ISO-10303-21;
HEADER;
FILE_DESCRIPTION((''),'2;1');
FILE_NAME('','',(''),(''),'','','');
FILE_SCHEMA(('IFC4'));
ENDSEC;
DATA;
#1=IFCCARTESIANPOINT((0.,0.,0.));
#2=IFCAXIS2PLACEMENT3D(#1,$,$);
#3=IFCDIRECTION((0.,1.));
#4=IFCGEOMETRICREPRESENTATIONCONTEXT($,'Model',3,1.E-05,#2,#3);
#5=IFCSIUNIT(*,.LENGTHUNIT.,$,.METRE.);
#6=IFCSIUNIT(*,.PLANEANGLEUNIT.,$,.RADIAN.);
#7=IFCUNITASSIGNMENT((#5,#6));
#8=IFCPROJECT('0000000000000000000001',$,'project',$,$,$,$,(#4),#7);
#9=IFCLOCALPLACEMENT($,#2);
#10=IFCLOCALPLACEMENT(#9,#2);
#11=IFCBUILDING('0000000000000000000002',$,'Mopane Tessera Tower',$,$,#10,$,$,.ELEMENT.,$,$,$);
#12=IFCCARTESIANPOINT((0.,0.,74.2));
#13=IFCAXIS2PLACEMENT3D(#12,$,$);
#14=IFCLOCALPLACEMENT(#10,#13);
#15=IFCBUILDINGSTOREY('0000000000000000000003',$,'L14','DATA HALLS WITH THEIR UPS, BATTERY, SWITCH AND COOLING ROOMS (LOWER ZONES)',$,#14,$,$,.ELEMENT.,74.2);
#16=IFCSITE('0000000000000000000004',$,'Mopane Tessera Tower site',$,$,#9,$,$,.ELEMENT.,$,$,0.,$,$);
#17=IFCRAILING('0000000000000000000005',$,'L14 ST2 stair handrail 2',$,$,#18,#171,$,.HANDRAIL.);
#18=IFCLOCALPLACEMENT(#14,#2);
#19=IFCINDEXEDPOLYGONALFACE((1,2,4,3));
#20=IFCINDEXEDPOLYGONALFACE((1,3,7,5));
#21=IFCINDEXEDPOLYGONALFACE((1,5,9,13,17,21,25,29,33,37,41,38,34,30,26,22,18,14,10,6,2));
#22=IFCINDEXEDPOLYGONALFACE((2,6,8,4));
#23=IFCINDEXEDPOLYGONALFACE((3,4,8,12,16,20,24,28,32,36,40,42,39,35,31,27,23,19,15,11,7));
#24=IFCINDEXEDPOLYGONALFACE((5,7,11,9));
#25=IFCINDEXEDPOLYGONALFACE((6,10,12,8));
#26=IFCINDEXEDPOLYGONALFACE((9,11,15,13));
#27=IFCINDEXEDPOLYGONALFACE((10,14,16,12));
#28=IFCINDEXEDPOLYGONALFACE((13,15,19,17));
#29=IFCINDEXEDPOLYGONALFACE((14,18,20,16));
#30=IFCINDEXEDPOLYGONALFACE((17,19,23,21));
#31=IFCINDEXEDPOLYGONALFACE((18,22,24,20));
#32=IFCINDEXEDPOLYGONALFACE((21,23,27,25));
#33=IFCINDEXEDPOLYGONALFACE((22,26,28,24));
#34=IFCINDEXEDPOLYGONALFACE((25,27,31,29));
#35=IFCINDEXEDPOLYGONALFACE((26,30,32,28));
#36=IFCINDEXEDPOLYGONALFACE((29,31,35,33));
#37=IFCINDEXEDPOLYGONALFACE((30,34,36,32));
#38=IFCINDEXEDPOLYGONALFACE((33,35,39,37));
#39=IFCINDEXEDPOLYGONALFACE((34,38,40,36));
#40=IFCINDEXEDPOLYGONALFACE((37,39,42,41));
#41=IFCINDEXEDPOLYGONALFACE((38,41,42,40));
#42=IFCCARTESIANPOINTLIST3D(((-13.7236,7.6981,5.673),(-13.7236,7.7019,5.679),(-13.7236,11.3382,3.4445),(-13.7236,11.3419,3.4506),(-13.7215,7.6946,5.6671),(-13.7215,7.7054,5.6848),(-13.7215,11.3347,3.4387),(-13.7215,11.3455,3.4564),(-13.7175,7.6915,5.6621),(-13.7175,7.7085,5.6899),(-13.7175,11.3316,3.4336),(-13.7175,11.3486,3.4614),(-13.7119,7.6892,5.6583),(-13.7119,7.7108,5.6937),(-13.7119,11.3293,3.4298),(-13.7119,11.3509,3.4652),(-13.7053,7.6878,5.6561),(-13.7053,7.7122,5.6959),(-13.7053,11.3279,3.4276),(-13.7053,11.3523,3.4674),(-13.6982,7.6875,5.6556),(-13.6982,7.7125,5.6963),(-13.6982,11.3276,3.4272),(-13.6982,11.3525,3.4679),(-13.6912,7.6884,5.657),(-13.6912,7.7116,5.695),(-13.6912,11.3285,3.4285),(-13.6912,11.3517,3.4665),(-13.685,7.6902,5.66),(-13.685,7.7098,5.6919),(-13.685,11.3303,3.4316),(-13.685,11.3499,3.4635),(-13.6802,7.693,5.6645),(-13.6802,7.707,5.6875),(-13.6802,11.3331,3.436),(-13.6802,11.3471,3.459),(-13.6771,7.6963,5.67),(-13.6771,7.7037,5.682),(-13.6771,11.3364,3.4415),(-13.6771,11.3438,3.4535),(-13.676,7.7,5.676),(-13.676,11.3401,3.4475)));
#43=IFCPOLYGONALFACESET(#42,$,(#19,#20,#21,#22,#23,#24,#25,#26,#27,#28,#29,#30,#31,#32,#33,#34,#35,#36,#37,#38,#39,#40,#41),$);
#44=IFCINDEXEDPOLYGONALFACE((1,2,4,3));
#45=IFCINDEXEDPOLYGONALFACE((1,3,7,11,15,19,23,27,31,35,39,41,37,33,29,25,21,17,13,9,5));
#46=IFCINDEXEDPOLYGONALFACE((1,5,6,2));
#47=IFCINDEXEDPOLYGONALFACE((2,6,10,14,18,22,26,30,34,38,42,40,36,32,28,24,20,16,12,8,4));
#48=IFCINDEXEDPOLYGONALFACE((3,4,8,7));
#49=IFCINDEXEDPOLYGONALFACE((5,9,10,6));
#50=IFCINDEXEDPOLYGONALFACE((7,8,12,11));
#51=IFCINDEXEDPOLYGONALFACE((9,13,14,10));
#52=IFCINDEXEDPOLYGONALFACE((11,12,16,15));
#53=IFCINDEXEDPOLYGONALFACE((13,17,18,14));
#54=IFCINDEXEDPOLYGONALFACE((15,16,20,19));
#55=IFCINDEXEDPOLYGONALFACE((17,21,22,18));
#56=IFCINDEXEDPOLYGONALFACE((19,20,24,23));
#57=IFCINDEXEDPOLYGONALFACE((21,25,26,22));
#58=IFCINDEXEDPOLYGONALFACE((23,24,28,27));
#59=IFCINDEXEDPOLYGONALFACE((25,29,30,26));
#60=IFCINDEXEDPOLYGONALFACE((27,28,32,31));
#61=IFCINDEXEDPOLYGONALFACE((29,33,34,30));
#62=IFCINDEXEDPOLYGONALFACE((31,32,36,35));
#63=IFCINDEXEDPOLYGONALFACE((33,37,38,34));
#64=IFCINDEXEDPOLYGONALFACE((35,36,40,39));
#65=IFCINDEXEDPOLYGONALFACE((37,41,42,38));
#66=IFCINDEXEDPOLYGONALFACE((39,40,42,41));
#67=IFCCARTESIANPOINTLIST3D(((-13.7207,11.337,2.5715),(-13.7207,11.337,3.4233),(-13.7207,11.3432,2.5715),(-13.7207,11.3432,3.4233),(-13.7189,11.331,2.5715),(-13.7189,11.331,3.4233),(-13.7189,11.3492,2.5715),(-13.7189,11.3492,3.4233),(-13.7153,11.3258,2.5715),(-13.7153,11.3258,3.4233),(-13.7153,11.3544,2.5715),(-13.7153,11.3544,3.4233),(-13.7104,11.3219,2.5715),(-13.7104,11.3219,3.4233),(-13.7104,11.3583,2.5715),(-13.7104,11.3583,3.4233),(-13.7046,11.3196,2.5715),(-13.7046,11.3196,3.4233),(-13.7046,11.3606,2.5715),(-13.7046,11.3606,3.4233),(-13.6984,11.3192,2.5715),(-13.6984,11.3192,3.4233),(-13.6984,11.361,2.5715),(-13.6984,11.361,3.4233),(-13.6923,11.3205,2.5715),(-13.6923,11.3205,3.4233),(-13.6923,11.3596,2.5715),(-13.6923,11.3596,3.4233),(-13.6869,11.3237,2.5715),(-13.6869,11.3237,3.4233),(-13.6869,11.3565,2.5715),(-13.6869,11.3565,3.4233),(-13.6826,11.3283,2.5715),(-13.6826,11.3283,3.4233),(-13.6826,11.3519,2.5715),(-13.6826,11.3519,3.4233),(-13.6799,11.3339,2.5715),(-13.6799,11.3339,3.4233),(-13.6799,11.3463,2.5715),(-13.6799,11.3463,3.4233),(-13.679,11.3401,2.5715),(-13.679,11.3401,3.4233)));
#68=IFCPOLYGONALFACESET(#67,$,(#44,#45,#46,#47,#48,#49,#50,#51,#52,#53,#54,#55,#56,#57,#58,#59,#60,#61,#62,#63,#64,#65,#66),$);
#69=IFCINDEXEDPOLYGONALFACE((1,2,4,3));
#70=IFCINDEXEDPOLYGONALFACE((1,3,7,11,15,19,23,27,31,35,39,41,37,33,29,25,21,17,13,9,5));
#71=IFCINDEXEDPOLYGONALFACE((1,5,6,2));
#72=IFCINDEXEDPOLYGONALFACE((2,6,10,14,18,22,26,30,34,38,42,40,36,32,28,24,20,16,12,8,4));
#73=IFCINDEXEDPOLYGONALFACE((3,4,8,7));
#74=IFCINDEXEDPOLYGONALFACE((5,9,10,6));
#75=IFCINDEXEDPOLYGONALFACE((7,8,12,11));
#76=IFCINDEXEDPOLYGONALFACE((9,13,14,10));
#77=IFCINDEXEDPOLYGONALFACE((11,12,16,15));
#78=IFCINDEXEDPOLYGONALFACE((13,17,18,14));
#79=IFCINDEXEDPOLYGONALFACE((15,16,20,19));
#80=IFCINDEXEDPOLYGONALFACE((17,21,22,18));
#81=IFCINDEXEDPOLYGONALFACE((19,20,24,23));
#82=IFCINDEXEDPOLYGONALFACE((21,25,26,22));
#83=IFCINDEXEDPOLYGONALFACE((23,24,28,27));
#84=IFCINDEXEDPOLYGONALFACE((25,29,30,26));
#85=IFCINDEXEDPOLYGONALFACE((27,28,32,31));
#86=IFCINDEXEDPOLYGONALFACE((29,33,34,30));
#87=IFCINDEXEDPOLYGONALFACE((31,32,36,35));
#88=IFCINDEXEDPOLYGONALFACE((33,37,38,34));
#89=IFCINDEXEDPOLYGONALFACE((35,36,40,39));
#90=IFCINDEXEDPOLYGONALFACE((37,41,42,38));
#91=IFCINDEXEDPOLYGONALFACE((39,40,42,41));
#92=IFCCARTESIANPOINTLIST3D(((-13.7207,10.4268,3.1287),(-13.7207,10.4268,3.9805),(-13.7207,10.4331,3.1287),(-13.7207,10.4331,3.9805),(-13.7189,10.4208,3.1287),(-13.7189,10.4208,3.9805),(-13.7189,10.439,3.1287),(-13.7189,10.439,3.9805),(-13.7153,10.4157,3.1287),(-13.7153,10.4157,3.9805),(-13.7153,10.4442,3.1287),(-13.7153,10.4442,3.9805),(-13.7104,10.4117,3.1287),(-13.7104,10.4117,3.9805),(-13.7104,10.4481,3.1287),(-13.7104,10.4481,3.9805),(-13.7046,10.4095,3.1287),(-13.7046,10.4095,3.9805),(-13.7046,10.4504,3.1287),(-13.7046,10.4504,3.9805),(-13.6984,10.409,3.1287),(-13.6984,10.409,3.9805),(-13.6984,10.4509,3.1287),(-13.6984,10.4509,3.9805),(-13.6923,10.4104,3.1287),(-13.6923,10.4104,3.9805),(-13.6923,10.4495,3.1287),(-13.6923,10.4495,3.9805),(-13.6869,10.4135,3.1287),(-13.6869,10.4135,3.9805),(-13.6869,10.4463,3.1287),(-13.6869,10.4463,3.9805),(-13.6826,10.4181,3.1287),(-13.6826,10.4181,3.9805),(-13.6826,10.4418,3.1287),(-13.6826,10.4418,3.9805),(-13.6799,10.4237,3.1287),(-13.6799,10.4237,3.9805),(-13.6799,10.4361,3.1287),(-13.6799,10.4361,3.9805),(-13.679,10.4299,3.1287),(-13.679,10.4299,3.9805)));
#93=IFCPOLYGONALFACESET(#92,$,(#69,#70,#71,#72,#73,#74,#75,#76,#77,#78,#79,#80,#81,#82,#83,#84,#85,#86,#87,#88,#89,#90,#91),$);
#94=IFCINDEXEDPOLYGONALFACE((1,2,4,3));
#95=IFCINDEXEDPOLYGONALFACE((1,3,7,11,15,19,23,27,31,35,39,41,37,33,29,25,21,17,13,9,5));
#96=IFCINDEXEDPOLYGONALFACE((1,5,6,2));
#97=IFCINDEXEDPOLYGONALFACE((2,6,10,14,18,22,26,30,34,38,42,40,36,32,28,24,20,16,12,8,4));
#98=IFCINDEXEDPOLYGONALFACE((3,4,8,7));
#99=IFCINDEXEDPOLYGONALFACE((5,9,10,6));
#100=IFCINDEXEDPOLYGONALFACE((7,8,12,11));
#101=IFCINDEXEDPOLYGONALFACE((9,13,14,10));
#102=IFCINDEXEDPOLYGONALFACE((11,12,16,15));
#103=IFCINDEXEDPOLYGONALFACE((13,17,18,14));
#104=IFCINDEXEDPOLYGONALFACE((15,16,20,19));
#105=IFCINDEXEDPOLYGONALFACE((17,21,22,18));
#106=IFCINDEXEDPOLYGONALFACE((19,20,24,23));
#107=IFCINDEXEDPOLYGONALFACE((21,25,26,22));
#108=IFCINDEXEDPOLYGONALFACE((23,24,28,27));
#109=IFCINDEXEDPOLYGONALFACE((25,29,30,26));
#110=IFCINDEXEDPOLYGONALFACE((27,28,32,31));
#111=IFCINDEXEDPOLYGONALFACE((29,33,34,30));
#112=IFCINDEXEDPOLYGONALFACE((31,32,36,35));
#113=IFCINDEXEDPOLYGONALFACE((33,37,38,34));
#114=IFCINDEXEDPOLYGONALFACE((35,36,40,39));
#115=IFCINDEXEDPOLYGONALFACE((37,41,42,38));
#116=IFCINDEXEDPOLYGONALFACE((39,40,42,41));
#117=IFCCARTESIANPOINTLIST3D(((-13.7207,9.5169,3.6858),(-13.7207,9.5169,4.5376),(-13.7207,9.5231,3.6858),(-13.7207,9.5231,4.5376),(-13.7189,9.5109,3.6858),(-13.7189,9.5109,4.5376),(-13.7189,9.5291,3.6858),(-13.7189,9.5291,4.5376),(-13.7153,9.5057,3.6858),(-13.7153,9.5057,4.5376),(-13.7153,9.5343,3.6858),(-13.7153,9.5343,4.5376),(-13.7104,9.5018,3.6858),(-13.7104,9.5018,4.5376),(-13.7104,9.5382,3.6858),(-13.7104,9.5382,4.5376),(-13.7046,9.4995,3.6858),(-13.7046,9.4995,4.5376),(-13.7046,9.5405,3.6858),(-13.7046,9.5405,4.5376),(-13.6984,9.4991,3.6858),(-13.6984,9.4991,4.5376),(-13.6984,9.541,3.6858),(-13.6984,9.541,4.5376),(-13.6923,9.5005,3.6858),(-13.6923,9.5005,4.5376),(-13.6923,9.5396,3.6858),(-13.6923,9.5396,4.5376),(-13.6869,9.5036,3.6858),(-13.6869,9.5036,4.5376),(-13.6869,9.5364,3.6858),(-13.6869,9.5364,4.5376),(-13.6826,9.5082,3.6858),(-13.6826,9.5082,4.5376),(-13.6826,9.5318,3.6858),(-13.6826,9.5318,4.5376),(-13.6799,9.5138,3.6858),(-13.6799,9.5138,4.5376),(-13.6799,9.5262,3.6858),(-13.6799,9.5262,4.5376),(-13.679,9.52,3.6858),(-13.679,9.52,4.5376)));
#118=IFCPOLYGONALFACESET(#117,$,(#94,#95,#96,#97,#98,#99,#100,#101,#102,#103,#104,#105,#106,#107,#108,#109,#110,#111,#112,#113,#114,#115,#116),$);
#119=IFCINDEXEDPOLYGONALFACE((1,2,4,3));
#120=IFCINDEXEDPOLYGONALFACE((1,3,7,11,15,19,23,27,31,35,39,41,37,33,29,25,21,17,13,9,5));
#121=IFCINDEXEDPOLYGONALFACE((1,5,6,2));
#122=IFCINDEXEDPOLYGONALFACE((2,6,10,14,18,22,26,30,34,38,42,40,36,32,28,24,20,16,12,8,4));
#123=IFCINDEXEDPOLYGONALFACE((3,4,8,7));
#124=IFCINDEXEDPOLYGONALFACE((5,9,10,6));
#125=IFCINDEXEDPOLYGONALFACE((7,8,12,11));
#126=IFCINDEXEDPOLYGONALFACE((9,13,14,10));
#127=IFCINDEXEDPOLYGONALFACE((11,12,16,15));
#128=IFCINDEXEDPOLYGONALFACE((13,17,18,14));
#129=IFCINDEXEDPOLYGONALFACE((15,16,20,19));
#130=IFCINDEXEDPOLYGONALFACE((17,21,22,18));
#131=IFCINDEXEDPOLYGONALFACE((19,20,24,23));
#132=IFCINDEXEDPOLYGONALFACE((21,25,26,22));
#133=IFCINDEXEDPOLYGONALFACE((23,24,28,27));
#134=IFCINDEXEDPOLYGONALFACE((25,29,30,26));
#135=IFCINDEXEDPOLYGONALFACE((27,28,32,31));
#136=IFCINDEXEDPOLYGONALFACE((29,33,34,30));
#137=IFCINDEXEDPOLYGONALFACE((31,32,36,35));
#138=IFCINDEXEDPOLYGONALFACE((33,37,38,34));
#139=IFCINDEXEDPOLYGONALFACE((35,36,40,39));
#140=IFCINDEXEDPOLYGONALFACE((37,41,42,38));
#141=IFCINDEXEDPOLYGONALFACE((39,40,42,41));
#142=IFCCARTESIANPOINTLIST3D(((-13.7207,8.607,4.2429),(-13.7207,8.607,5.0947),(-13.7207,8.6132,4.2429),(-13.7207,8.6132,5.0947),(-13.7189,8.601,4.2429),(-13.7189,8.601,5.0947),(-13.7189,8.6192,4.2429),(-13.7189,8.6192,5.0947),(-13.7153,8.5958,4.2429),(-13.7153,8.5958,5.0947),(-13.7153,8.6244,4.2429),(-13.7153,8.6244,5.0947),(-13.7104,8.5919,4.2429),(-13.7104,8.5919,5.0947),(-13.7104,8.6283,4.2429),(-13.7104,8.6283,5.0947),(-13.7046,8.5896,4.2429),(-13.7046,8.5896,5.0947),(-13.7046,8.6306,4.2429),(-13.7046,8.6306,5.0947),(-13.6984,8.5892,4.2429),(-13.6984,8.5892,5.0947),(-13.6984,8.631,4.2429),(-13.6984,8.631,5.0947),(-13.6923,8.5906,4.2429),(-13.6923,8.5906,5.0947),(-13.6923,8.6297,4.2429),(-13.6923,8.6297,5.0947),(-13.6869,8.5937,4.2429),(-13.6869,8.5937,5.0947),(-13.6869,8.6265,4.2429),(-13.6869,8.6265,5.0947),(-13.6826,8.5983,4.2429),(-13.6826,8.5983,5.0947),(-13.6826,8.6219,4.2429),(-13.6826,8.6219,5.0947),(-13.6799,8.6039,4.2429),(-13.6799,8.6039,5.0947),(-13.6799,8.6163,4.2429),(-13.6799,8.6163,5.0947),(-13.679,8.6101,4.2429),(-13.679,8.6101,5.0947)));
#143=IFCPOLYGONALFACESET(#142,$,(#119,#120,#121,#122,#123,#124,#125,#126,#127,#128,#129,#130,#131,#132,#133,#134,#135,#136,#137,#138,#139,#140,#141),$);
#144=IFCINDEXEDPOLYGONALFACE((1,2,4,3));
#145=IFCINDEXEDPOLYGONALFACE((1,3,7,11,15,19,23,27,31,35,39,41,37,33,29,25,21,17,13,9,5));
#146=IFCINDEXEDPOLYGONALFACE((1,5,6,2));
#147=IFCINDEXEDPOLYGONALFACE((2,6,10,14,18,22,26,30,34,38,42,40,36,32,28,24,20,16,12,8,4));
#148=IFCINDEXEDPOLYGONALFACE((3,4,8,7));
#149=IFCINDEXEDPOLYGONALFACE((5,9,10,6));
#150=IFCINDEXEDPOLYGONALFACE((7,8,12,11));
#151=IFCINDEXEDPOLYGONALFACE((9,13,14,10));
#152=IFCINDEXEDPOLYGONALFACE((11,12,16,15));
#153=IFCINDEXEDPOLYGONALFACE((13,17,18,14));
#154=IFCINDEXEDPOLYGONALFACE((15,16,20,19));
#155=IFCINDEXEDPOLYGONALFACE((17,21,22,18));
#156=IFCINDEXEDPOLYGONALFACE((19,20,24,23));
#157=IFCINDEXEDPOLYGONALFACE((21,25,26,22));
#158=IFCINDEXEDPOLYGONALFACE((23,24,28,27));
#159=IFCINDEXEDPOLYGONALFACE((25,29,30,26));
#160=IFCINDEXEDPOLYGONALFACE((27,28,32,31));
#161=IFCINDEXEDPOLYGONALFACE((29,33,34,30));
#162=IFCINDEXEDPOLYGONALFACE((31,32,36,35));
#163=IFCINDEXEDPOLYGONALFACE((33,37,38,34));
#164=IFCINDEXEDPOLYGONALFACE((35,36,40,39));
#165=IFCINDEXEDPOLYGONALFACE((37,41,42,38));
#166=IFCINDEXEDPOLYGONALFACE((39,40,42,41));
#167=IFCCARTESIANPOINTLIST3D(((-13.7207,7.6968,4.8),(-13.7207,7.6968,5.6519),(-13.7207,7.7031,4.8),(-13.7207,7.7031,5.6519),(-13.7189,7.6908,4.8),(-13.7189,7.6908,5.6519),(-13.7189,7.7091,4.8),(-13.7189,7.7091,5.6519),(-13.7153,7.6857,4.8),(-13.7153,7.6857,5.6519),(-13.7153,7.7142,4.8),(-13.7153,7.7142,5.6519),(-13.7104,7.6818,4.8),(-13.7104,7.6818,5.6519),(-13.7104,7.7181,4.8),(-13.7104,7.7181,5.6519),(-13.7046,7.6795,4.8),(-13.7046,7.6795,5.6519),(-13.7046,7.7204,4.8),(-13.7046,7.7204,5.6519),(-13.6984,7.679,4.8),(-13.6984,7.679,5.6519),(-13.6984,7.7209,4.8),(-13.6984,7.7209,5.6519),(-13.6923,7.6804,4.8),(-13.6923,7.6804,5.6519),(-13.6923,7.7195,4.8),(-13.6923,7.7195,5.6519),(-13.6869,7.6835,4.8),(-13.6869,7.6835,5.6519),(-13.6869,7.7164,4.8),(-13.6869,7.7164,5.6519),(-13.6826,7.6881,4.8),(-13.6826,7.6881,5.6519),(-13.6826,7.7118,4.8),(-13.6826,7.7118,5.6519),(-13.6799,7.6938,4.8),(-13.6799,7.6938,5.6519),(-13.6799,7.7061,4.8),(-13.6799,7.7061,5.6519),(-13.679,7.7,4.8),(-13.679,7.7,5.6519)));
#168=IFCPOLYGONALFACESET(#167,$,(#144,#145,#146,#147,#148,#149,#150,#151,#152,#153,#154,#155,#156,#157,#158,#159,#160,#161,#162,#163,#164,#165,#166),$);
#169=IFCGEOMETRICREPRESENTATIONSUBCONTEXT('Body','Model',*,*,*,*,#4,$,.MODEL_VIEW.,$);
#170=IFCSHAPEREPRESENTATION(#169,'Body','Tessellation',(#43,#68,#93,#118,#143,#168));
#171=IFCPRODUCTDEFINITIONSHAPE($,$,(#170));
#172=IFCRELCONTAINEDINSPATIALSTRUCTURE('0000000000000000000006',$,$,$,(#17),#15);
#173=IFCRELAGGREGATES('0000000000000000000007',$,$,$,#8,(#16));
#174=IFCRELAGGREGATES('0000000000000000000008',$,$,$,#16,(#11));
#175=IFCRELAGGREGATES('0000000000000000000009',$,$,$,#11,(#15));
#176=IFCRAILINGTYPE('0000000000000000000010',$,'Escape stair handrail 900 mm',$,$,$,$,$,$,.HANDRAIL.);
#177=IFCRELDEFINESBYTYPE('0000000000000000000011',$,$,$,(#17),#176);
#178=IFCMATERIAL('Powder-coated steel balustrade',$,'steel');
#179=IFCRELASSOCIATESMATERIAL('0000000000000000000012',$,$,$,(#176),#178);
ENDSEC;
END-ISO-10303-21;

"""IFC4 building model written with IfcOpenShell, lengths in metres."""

from ifc_helpers import new_model, si_unit, direction, frame, origin, origin_2d, place, context, subcontext, project, spatial, circle, extrude, material, type_object, element, save


model = new_model("IFC4")

# Units and contexts
model_context = context("Model", 3, precision=1e-05, world=origin(), true_north=direction((0.0, 1.0)))
body_context = subcontext(model_context, "Body", "Model", "MODEL_VIEW")
ifc_project = project(units=[si_unit("LENGTHUNIT", "METRE"), si_unit("PLANEANGLEUNIT", "RADIAN")], contexts=[model_context])

# Site, building, storey
site_placement = place(None, origin())
site = spatial("IfcSite", under=ifc_project, at=site_placement, Name="Mopane Tessera Tower site", CompositionType="ELEMENT", RefElevation=0.0)
building_placement = place(site_placement, origin())
building = spatial("IfcBuilding", under=site, at=building_placement, Name="Mopane Tessera Tower", CompositionType="ELEMENT")
storey_placement = place(building_placement, frame((0.0, 0.0, 74.2)))
storey = spatial("IfcBuildingStorey", under=building, at=storey_placement, Name="L14", Description="DATA HALLS WITH THEIR UPS, BATTERY, SWITCH AND COOLING ROOMS (LOWER ZONES)", CompositionType="ELEMENT", Elevation=74.2)

# Railing
ifc_material_1 = material(Name="Powder-coated steel balustrade", Category="steel")
railing_type_1 = type_object("IfcRailingType", Name="Escape stair handrail 900 mm", PredefinedType="HANDRAIL", material=ifc_material_1)
railing_1_placement = place(storey_placement, frame((-13.7, 11.3401, 2.5715)))
element("IfcRailing", 1, at=railing_1_placement, inside=storey, type_object=railing_type_1, Name="L14 ST2 stair handrail 2", PredefinedType="HANDRAIL", context=body_context, shape_type="SweptSolid", body=[
    extrude(circle(Radius=0.0239, at=origin_2d()), frame((0.0, 0.0, 0.876), z_axis=(0.0, -0.852866, 0.52213), x_axis=(1.0, 0.0, 0.0)), (0.0, 0.0, 1.0), 4.2681),
    extrude(circle(Radius=0.021, at=origin_2d()), origin(), (0.0, 0.0, 1.0), 0.8518),
    extrude(circle(Radius=0.021, at=origin_2d()), frame((0.0, -0.9102, 0.5571)), (0.0, 0.0, 1.0), 0.8518),
    extrude(circle(Radius=0.021, at=origin_2d()), frame((0.0, -1.8201, 1.1143)), (0.0, 0.0, 1.0), 0.8518),
    extrude(circle(Radius=0.021, at=origin_2d()), frame((0.0, -2.73, 1.6714)), (0.0, 0.0, 1.0), 0.8518),
    extrude(circle(Radius=0.021, at=origin_2d()), frame((0.0, -3.6401, 2.2285)), (0.0, 0.0, 1.0), 0.8518),
])

save(model, "model.ifc")
